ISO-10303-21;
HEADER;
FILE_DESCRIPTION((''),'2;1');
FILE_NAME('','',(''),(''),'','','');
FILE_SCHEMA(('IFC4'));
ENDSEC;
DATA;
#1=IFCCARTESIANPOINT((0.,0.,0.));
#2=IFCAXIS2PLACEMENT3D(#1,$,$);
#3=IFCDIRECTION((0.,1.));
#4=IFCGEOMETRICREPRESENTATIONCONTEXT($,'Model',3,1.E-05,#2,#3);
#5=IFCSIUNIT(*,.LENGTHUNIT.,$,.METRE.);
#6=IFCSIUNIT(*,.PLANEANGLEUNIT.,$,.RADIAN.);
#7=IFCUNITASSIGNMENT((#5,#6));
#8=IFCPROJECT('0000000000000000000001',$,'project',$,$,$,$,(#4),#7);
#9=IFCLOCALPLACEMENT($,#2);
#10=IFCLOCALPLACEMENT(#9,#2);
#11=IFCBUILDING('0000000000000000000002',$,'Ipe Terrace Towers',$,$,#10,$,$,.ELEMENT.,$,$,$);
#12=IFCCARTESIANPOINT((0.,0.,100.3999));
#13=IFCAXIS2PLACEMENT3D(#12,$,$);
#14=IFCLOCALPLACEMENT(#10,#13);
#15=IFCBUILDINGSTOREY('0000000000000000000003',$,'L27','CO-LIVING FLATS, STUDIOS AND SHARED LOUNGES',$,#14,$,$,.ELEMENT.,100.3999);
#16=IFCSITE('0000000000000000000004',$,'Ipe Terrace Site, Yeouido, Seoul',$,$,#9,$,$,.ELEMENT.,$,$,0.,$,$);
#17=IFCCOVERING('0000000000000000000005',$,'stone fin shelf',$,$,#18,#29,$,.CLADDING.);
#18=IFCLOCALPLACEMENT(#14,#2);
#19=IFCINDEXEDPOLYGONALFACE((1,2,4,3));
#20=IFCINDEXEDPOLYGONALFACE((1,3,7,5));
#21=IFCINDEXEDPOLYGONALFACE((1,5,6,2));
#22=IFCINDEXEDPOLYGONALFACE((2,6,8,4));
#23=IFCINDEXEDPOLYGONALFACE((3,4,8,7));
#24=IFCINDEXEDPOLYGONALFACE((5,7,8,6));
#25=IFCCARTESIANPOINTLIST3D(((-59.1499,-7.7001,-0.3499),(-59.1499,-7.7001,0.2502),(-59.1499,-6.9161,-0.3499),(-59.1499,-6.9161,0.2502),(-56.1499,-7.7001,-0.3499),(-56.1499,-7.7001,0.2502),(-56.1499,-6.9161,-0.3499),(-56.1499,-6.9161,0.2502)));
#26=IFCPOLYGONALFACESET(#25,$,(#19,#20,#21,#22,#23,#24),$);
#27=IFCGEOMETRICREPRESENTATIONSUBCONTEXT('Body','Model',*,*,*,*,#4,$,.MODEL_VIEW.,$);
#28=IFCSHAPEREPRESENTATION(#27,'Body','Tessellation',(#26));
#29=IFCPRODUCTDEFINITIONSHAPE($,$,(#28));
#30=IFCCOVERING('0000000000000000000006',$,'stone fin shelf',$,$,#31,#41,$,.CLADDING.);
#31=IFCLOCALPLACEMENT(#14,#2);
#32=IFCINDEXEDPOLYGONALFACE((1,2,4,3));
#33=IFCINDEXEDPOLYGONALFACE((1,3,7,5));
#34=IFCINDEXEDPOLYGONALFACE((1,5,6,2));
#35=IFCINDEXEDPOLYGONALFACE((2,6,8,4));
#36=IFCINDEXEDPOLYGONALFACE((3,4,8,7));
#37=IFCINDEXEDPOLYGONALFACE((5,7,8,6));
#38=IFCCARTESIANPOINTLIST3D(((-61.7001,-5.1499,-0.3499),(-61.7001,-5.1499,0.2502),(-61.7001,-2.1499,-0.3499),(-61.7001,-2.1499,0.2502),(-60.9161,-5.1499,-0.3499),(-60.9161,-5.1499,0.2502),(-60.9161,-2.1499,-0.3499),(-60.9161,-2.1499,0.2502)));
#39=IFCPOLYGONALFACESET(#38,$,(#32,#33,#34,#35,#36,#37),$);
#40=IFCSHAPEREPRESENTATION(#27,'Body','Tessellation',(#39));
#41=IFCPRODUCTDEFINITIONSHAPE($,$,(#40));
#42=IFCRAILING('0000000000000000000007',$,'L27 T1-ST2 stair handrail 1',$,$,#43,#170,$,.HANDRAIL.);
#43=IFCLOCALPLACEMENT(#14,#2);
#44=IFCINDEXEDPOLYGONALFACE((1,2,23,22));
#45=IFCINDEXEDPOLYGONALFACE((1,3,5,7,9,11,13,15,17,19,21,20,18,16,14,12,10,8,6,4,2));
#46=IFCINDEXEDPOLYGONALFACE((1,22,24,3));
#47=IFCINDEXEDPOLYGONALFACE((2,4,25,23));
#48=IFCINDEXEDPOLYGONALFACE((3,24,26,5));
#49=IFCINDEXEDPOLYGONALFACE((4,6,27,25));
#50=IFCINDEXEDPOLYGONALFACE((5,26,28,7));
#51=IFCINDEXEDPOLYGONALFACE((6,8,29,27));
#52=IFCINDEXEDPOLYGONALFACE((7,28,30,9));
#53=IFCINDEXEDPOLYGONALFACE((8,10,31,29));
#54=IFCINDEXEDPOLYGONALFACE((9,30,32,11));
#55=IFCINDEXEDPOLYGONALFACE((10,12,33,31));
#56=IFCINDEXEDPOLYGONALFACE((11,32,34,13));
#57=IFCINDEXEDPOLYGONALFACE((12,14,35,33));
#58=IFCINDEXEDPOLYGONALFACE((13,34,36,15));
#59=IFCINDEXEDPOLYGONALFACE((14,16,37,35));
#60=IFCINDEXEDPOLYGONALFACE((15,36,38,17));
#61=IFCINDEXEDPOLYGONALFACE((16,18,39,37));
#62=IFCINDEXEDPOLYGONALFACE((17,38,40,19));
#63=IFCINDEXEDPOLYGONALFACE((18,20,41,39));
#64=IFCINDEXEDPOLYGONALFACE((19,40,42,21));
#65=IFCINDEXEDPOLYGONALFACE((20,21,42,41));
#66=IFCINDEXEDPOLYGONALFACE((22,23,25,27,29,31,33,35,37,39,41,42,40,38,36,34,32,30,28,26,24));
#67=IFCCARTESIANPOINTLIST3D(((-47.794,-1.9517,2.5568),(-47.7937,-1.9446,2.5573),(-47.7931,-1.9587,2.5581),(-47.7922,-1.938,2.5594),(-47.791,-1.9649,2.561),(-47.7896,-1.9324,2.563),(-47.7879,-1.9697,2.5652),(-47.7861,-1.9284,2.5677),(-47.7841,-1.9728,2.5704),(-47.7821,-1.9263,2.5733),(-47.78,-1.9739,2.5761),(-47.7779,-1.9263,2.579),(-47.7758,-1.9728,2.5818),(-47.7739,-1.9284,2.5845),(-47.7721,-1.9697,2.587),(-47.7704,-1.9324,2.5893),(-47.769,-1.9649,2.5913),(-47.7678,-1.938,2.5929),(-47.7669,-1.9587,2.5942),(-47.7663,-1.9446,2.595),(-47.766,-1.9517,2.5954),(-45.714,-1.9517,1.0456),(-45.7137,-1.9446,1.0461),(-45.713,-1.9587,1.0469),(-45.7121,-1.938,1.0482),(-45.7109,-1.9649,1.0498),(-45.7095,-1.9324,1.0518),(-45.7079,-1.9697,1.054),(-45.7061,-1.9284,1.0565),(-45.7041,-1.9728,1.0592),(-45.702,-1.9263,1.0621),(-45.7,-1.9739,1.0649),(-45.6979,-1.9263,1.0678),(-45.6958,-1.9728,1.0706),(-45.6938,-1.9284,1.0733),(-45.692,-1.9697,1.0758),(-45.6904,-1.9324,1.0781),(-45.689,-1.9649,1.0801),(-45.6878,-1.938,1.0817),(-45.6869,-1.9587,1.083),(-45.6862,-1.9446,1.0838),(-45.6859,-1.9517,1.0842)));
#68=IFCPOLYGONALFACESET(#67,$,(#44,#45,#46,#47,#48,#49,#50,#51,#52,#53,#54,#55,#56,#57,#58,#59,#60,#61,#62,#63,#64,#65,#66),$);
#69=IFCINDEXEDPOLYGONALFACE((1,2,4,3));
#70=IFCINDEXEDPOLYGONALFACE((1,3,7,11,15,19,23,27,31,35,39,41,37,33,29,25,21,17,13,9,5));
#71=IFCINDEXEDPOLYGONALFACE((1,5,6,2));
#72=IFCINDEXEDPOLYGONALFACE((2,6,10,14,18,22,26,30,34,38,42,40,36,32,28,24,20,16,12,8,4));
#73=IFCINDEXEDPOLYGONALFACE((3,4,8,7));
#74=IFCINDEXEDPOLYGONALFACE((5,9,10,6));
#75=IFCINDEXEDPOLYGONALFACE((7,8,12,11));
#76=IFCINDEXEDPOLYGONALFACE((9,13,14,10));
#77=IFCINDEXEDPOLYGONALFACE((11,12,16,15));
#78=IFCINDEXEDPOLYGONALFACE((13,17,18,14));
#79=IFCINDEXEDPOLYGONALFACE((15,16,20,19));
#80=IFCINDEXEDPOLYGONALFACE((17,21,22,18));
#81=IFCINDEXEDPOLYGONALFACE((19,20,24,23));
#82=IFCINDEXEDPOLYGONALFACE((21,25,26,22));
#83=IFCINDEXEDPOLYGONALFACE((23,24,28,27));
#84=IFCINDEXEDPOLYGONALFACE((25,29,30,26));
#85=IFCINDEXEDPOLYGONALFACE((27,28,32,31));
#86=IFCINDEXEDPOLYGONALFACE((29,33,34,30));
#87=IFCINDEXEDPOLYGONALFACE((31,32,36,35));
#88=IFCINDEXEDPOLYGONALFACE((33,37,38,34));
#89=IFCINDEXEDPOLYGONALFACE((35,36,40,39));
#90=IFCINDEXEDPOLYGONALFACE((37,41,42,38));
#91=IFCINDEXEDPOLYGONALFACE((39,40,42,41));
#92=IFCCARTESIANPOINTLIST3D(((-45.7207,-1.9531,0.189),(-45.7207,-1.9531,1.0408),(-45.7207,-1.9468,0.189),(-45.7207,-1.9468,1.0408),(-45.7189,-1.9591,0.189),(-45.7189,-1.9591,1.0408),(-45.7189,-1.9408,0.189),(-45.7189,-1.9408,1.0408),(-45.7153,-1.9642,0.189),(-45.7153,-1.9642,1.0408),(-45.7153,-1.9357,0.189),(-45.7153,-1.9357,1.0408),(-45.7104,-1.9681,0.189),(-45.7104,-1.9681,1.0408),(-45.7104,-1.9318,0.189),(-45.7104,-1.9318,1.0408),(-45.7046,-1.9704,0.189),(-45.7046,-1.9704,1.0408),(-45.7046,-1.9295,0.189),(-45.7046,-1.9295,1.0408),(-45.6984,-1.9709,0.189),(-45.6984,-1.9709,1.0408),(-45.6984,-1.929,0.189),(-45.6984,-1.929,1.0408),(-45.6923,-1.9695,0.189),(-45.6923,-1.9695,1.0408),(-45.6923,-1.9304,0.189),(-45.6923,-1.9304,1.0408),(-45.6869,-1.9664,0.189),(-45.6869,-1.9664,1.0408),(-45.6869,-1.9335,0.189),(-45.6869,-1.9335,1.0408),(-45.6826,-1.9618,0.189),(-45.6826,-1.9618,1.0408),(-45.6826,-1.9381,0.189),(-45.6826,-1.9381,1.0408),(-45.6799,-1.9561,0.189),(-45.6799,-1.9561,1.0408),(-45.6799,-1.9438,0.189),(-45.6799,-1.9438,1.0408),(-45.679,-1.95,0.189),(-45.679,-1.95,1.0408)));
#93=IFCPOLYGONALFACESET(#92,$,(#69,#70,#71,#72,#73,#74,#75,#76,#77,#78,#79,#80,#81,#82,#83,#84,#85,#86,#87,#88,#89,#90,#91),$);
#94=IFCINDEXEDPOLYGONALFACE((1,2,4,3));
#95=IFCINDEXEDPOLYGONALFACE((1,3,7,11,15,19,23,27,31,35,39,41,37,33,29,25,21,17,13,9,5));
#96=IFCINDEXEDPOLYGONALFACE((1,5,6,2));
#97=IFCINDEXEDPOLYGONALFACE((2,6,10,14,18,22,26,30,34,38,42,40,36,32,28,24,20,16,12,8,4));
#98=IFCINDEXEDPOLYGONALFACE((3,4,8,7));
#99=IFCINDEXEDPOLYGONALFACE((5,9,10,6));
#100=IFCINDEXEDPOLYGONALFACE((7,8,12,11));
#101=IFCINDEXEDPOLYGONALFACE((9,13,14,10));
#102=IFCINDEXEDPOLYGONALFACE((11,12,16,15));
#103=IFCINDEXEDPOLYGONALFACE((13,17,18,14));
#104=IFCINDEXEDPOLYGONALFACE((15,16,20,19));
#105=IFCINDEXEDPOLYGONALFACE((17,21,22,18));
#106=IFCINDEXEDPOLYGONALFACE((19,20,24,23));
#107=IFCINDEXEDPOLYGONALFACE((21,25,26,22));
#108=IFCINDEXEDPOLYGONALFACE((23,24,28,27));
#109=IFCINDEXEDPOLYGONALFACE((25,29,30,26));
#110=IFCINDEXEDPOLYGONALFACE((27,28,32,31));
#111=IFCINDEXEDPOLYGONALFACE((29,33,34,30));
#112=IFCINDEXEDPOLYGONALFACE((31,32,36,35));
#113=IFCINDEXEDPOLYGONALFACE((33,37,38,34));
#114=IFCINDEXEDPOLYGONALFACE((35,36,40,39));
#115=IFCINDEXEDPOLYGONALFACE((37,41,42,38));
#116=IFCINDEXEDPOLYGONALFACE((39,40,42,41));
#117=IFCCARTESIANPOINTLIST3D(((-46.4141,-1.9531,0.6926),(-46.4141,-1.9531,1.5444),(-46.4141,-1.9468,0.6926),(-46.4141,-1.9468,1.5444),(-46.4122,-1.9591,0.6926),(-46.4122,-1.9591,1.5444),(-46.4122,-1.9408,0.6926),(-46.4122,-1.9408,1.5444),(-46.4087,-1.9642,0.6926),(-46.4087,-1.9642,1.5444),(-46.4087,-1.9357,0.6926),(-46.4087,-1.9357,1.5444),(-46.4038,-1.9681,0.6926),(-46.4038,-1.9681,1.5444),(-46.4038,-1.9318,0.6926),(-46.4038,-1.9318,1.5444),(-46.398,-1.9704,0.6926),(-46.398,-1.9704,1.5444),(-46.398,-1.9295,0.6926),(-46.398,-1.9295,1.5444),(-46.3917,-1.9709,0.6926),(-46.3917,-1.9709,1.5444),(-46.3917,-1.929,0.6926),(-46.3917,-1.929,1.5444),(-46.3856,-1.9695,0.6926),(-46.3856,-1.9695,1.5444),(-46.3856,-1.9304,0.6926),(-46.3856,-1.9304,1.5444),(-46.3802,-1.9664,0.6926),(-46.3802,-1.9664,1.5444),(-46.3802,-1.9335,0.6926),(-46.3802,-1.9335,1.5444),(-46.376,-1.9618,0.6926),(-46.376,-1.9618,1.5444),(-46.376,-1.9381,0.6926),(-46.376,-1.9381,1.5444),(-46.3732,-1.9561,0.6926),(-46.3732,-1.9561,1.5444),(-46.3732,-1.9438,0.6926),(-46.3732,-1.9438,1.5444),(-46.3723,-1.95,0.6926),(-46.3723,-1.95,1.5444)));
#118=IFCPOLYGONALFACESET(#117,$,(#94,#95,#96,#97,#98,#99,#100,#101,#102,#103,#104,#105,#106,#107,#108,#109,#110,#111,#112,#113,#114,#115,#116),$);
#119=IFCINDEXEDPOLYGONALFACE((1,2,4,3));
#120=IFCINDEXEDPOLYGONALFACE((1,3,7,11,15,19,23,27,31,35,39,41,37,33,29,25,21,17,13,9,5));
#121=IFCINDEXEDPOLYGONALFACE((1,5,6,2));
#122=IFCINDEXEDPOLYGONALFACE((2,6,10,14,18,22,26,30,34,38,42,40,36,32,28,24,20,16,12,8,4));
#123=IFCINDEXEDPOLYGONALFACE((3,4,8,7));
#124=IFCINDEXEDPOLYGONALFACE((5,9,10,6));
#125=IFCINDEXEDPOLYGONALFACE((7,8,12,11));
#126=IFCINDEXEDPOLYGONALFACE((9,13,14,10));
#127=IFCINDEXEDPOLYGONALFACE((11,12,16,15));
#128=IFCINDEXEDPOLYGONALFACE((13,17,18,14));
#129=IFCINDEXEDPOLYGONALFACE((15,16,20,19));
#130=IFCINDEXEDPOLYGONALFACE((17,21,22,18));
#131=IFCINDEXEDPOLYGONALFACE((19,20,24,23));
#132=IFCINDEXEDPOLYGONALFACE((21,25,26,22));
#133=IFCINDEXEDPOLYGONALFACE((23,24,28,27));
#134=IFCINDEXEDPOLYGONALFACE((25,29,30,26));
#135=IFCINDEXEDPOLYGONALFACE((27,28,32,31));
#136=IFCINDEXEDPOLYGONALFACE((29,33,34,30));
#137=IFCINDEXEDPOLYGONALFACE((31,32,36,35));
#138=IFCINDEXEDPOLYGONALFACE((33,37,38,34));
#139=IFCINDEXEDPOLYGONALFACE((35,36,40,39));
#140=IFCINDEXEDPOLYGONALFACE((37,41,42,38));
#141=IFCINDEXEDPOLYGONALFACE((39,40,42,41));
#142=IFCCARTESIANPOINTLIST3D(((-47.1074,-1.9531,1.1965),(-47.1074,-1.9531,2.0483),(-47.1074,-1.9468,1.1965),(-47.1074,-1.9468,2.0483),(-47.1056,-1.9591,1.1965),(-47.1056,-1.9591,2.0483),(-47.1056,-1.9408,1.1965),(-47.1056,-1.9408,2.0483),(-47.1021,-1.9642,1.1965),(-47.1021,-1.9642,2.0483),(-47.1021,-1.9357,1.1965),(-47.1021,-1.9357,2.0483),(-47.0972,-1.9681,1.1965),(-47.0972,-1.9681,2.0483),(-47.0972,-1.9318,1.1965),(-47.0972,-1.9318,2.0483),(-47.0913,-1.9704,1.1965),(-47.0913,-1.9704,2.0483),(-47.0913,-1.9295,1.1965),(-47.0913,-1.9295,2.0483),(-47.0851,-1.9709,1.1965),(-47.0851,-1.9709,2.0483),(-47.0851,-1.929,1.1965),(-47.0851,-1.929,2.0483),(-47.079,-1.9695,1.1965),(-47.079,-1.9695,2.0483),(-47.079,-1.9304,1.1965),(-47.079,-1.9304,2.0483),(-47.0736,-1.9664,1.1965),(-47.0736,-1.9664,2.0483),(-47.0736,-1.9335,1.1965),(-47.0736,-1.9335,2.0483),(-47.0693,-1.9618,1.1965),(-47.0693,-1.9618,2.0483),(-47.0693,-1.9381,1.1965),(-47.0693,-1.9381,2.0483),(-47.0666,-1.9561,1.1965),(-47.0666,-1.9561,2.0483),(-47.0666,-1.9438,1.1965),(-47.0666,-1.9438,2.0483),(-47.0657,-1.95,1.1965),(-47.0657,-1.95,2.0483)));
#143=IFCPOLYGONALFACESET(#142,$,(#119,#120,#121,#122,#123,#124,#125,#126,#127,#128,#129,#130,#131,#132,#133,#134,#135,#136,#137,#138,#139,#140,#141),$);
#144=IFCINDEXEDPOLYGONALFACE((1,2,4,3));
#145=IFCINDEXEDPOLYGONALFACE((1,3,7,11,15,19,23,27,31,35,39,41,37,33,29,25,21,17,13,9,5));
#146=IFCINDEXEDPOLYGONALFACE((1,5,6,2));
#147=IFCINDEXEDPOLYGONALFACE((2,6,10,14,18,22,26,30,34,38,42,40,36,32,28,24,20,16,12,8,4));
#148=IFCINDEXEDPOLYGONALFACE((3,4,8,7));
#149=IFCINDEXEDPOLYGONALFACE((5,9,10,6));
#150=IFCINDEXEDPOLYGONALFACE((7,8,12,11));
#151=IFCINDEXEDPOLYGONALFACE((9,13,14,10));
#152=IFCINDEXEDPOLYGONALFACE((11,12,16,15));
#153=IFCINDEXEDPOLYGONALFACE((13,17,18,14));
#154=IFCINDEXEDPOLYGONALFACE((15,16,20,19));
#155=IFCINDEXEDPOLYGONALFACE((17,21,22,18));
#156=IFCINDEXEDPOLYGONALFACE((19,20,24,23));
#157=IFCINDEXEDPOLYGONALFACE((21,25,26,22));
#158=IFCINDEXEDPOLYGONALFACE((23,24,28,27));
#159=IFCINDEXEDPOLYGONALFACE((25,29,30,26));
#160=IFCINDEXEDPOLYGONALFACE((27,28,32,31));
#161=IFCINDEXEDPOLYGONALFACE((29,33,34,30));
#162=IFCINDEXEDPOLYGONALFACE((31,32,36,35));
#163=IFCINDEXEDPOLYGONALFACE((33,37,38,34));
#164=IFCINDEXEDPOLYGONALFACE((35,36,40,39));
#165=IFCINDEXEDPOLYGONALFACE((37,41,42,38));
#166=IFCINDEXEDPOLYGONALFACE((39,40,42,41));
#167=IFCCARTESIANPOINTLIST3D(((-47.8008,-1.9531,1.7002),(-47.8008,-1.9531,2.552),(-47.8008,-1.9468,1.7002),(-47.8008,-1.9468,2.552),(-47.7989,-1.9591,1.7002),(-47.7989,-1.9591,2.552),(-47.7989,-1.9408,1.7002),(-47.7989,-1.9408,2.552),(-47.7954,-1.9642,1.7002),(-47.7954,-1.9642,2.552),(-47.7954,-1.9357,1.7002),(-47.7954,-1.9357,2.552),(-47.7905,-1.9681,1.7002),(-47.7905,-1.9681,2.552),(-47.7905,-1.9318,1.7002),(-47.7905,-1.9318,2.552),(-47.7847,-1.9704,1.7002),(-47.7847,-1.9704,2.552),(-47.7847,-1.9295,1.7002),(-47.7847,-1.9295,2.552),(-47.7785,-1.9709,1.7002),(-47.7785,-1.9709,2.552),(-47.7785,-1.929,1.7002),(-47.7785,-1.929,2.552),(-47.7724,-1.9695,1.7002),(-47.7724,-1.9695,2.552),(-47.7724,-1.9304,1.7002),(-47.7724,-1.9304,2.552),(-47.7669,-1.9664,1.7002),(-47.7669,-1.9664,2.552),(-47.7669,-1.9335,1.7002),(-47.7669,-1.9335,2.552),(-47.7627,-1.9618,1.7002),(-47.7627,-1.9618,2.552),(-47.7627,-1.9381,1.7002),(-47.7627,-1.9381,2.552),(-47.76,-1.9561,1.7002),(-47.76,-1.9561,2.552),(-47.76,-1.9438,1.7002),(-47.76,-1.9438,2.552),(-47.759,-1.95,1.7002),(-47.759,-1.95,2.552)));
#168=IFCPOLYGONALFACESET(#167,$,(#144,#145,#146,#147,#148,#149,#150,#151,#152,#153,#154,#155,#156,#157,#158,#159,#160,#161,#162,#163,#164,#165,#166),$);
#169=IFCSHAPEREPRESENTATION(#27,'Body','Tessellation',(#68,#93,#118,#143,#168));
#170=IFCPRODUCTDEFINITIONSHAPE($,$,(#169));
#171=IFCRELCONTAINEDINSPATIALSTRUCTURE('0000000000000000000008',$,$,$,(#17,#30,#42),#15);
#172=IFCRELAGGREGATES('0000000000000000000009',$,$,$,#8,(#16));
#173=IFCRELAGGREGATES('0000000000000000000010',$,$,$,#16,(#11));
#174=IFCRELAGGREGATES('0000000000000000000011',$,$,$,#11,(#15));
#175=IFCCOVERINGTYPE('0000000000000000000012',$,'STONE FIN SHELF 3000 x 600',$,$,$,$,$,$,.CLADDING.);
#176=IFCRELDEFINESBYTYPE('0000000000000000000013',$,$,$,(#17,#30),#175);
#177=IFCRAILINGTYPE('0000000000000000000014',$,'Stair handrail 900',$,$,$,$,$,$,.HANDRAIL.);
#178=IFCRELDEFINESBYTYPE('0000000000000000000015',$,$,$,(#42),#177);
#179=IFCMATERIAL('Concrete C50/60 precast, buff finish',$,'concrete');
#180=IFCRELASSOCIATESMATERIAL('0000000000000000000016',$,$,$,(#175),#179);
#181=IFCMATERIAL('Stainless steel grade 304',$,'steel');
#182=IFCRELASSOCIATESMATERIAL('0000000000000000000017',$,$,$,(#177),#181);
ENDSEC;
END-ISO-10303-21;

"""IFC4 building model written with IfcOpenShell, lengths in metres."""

from ifc_helpers import new_model, si_unit, direction, frame, origin, origin_2d, place, context, subcontext, project, spatial, rectangle, circle, extrude, material, type_object, element, save


model = new_model("IFC4")

# Units and contexts
model_context = context("Model", 3, precision=1e-05, world=origin(), true_north=direction((0.0, 1.0)))
body_context = subcontext(model_context, "Body", "Model", "MODEL_VIEW")
ifc_project = project(units=[si_unit("LENGTHUNIT", "METRE"), si_unit("PLANEANGLEUNIT", "RADIAN")], contexts=[model_context])

# Site, building, storey
site_placement = place(None, origin())
site = spatial("IfcSite", under=ifc_project, at=site_placement, Name="Ipe Terrace Site, Yeouido, Seoul", CompositionType="ELEMENT", RefElevation=0.0)
building_placement = place(site_placement, origin())
building = spatial("IfcBuilding", under=site, at=building_placement, Name="Ipe Terrace Towers", CompositionType="ELEMENT")
storey_placement = place(building_placement, frame((0.0, 0.0, 100.3999)))
storey = spatial("IfcBuildingStorey", under=building, at=storey_placement, Name="L27", Description="CO-LIVING FLATS, STUDIOS AND SHARED LOUNGES", CompositionType="ELEMENT", Elevation=100.3999)

# Coverings
ifc_material_1 = material(Name="Concrete C50/60 precast, buff finish", Category="concrete")
covering_type_1 = type_object("IfcCoveringType", Name="STONE FIN SHELF 3000 x 600", PredefinedType="CLADDING", material=ifc_material_1)
for number, where, z_axis, x_axis, name in (
    (1, (-57.6499, -7.3081, -0.3499), (0.0, 0.0, 1.0), (1.0, 0.0, 0.0), "stone fin shelf"),
    (2, (-61.3081, -3.6499, -0.3499), (0.0, 0.0, 1.0), (0.0, -1.0, 0.0), "stone fin shelf"),
):
    element("IfcCovering", number, at=place(storey_placement, frame(where, z_axis=z_axis, x_axis=x_axis)), inside=storey, type_object=covering_type_1, Name=name, PredefinedType="CLADDING", context=body_context, shape_type="SweptSolid", body=[
        extrude(rectangle(XDim=3.0, YDim=0.7839, at=origin_2d()), origin(), (0.0, 0.0, 1.0), 0.6001),
    ])

# Railing
ifc_material_2 = material(Name="Stainless steel grade 304", Category="steel")
railing_type_1 = type_object("IfcRailingType", Name="Stair handrail 900", PredefinedType="HANDRAIL", material=ifc_material_2)
railing_1_placement = place(storey_placement, frame((-45.7, -1.95, 0.189)))
element("IfcRailing", 3, at=railing_1_placement, inside=storey, type_object=railing_type_1, Name="L27 T1-ST2 stair handrail 1", PredefinedType="HANDRAIL", context=body_context, shape_type="SweptSolid", body=[
    extrude(circle(Radius=0.0239, at=origin_2d()), frame((0.0, 0.0, 0.876), z_axis=(-0.809023, 0.0, 0.587776), x_axis=(0.0, -1.0, 0.0)), (0.0, 0.0, 1.0), 2.571),
    extrude(circle(Radius=0.021, at=origin_2d()), origin(), (0.0, 0.0, 1.0), 0.8518),
    extrude(circle(Radius=0.021, at=origin_2d()), frame((-0.6934, 0.0, 0.5037)), (0.0, 0.0, 1.0), 0.8518),
    extrude(circle(Radius=0.021, at=origin_2d()), frame((-1.3867, 0.0, 1.0076)), (0.0, 0.0, 1.0), 0.8518),
    extrude(circle(Radius=0.021, at=origin_2d()), frame((-2.0801, 0.0, 1.5112)), (0.0, 0.0, 1.0), 0.8518),
])

save(model, "model.ifc")
